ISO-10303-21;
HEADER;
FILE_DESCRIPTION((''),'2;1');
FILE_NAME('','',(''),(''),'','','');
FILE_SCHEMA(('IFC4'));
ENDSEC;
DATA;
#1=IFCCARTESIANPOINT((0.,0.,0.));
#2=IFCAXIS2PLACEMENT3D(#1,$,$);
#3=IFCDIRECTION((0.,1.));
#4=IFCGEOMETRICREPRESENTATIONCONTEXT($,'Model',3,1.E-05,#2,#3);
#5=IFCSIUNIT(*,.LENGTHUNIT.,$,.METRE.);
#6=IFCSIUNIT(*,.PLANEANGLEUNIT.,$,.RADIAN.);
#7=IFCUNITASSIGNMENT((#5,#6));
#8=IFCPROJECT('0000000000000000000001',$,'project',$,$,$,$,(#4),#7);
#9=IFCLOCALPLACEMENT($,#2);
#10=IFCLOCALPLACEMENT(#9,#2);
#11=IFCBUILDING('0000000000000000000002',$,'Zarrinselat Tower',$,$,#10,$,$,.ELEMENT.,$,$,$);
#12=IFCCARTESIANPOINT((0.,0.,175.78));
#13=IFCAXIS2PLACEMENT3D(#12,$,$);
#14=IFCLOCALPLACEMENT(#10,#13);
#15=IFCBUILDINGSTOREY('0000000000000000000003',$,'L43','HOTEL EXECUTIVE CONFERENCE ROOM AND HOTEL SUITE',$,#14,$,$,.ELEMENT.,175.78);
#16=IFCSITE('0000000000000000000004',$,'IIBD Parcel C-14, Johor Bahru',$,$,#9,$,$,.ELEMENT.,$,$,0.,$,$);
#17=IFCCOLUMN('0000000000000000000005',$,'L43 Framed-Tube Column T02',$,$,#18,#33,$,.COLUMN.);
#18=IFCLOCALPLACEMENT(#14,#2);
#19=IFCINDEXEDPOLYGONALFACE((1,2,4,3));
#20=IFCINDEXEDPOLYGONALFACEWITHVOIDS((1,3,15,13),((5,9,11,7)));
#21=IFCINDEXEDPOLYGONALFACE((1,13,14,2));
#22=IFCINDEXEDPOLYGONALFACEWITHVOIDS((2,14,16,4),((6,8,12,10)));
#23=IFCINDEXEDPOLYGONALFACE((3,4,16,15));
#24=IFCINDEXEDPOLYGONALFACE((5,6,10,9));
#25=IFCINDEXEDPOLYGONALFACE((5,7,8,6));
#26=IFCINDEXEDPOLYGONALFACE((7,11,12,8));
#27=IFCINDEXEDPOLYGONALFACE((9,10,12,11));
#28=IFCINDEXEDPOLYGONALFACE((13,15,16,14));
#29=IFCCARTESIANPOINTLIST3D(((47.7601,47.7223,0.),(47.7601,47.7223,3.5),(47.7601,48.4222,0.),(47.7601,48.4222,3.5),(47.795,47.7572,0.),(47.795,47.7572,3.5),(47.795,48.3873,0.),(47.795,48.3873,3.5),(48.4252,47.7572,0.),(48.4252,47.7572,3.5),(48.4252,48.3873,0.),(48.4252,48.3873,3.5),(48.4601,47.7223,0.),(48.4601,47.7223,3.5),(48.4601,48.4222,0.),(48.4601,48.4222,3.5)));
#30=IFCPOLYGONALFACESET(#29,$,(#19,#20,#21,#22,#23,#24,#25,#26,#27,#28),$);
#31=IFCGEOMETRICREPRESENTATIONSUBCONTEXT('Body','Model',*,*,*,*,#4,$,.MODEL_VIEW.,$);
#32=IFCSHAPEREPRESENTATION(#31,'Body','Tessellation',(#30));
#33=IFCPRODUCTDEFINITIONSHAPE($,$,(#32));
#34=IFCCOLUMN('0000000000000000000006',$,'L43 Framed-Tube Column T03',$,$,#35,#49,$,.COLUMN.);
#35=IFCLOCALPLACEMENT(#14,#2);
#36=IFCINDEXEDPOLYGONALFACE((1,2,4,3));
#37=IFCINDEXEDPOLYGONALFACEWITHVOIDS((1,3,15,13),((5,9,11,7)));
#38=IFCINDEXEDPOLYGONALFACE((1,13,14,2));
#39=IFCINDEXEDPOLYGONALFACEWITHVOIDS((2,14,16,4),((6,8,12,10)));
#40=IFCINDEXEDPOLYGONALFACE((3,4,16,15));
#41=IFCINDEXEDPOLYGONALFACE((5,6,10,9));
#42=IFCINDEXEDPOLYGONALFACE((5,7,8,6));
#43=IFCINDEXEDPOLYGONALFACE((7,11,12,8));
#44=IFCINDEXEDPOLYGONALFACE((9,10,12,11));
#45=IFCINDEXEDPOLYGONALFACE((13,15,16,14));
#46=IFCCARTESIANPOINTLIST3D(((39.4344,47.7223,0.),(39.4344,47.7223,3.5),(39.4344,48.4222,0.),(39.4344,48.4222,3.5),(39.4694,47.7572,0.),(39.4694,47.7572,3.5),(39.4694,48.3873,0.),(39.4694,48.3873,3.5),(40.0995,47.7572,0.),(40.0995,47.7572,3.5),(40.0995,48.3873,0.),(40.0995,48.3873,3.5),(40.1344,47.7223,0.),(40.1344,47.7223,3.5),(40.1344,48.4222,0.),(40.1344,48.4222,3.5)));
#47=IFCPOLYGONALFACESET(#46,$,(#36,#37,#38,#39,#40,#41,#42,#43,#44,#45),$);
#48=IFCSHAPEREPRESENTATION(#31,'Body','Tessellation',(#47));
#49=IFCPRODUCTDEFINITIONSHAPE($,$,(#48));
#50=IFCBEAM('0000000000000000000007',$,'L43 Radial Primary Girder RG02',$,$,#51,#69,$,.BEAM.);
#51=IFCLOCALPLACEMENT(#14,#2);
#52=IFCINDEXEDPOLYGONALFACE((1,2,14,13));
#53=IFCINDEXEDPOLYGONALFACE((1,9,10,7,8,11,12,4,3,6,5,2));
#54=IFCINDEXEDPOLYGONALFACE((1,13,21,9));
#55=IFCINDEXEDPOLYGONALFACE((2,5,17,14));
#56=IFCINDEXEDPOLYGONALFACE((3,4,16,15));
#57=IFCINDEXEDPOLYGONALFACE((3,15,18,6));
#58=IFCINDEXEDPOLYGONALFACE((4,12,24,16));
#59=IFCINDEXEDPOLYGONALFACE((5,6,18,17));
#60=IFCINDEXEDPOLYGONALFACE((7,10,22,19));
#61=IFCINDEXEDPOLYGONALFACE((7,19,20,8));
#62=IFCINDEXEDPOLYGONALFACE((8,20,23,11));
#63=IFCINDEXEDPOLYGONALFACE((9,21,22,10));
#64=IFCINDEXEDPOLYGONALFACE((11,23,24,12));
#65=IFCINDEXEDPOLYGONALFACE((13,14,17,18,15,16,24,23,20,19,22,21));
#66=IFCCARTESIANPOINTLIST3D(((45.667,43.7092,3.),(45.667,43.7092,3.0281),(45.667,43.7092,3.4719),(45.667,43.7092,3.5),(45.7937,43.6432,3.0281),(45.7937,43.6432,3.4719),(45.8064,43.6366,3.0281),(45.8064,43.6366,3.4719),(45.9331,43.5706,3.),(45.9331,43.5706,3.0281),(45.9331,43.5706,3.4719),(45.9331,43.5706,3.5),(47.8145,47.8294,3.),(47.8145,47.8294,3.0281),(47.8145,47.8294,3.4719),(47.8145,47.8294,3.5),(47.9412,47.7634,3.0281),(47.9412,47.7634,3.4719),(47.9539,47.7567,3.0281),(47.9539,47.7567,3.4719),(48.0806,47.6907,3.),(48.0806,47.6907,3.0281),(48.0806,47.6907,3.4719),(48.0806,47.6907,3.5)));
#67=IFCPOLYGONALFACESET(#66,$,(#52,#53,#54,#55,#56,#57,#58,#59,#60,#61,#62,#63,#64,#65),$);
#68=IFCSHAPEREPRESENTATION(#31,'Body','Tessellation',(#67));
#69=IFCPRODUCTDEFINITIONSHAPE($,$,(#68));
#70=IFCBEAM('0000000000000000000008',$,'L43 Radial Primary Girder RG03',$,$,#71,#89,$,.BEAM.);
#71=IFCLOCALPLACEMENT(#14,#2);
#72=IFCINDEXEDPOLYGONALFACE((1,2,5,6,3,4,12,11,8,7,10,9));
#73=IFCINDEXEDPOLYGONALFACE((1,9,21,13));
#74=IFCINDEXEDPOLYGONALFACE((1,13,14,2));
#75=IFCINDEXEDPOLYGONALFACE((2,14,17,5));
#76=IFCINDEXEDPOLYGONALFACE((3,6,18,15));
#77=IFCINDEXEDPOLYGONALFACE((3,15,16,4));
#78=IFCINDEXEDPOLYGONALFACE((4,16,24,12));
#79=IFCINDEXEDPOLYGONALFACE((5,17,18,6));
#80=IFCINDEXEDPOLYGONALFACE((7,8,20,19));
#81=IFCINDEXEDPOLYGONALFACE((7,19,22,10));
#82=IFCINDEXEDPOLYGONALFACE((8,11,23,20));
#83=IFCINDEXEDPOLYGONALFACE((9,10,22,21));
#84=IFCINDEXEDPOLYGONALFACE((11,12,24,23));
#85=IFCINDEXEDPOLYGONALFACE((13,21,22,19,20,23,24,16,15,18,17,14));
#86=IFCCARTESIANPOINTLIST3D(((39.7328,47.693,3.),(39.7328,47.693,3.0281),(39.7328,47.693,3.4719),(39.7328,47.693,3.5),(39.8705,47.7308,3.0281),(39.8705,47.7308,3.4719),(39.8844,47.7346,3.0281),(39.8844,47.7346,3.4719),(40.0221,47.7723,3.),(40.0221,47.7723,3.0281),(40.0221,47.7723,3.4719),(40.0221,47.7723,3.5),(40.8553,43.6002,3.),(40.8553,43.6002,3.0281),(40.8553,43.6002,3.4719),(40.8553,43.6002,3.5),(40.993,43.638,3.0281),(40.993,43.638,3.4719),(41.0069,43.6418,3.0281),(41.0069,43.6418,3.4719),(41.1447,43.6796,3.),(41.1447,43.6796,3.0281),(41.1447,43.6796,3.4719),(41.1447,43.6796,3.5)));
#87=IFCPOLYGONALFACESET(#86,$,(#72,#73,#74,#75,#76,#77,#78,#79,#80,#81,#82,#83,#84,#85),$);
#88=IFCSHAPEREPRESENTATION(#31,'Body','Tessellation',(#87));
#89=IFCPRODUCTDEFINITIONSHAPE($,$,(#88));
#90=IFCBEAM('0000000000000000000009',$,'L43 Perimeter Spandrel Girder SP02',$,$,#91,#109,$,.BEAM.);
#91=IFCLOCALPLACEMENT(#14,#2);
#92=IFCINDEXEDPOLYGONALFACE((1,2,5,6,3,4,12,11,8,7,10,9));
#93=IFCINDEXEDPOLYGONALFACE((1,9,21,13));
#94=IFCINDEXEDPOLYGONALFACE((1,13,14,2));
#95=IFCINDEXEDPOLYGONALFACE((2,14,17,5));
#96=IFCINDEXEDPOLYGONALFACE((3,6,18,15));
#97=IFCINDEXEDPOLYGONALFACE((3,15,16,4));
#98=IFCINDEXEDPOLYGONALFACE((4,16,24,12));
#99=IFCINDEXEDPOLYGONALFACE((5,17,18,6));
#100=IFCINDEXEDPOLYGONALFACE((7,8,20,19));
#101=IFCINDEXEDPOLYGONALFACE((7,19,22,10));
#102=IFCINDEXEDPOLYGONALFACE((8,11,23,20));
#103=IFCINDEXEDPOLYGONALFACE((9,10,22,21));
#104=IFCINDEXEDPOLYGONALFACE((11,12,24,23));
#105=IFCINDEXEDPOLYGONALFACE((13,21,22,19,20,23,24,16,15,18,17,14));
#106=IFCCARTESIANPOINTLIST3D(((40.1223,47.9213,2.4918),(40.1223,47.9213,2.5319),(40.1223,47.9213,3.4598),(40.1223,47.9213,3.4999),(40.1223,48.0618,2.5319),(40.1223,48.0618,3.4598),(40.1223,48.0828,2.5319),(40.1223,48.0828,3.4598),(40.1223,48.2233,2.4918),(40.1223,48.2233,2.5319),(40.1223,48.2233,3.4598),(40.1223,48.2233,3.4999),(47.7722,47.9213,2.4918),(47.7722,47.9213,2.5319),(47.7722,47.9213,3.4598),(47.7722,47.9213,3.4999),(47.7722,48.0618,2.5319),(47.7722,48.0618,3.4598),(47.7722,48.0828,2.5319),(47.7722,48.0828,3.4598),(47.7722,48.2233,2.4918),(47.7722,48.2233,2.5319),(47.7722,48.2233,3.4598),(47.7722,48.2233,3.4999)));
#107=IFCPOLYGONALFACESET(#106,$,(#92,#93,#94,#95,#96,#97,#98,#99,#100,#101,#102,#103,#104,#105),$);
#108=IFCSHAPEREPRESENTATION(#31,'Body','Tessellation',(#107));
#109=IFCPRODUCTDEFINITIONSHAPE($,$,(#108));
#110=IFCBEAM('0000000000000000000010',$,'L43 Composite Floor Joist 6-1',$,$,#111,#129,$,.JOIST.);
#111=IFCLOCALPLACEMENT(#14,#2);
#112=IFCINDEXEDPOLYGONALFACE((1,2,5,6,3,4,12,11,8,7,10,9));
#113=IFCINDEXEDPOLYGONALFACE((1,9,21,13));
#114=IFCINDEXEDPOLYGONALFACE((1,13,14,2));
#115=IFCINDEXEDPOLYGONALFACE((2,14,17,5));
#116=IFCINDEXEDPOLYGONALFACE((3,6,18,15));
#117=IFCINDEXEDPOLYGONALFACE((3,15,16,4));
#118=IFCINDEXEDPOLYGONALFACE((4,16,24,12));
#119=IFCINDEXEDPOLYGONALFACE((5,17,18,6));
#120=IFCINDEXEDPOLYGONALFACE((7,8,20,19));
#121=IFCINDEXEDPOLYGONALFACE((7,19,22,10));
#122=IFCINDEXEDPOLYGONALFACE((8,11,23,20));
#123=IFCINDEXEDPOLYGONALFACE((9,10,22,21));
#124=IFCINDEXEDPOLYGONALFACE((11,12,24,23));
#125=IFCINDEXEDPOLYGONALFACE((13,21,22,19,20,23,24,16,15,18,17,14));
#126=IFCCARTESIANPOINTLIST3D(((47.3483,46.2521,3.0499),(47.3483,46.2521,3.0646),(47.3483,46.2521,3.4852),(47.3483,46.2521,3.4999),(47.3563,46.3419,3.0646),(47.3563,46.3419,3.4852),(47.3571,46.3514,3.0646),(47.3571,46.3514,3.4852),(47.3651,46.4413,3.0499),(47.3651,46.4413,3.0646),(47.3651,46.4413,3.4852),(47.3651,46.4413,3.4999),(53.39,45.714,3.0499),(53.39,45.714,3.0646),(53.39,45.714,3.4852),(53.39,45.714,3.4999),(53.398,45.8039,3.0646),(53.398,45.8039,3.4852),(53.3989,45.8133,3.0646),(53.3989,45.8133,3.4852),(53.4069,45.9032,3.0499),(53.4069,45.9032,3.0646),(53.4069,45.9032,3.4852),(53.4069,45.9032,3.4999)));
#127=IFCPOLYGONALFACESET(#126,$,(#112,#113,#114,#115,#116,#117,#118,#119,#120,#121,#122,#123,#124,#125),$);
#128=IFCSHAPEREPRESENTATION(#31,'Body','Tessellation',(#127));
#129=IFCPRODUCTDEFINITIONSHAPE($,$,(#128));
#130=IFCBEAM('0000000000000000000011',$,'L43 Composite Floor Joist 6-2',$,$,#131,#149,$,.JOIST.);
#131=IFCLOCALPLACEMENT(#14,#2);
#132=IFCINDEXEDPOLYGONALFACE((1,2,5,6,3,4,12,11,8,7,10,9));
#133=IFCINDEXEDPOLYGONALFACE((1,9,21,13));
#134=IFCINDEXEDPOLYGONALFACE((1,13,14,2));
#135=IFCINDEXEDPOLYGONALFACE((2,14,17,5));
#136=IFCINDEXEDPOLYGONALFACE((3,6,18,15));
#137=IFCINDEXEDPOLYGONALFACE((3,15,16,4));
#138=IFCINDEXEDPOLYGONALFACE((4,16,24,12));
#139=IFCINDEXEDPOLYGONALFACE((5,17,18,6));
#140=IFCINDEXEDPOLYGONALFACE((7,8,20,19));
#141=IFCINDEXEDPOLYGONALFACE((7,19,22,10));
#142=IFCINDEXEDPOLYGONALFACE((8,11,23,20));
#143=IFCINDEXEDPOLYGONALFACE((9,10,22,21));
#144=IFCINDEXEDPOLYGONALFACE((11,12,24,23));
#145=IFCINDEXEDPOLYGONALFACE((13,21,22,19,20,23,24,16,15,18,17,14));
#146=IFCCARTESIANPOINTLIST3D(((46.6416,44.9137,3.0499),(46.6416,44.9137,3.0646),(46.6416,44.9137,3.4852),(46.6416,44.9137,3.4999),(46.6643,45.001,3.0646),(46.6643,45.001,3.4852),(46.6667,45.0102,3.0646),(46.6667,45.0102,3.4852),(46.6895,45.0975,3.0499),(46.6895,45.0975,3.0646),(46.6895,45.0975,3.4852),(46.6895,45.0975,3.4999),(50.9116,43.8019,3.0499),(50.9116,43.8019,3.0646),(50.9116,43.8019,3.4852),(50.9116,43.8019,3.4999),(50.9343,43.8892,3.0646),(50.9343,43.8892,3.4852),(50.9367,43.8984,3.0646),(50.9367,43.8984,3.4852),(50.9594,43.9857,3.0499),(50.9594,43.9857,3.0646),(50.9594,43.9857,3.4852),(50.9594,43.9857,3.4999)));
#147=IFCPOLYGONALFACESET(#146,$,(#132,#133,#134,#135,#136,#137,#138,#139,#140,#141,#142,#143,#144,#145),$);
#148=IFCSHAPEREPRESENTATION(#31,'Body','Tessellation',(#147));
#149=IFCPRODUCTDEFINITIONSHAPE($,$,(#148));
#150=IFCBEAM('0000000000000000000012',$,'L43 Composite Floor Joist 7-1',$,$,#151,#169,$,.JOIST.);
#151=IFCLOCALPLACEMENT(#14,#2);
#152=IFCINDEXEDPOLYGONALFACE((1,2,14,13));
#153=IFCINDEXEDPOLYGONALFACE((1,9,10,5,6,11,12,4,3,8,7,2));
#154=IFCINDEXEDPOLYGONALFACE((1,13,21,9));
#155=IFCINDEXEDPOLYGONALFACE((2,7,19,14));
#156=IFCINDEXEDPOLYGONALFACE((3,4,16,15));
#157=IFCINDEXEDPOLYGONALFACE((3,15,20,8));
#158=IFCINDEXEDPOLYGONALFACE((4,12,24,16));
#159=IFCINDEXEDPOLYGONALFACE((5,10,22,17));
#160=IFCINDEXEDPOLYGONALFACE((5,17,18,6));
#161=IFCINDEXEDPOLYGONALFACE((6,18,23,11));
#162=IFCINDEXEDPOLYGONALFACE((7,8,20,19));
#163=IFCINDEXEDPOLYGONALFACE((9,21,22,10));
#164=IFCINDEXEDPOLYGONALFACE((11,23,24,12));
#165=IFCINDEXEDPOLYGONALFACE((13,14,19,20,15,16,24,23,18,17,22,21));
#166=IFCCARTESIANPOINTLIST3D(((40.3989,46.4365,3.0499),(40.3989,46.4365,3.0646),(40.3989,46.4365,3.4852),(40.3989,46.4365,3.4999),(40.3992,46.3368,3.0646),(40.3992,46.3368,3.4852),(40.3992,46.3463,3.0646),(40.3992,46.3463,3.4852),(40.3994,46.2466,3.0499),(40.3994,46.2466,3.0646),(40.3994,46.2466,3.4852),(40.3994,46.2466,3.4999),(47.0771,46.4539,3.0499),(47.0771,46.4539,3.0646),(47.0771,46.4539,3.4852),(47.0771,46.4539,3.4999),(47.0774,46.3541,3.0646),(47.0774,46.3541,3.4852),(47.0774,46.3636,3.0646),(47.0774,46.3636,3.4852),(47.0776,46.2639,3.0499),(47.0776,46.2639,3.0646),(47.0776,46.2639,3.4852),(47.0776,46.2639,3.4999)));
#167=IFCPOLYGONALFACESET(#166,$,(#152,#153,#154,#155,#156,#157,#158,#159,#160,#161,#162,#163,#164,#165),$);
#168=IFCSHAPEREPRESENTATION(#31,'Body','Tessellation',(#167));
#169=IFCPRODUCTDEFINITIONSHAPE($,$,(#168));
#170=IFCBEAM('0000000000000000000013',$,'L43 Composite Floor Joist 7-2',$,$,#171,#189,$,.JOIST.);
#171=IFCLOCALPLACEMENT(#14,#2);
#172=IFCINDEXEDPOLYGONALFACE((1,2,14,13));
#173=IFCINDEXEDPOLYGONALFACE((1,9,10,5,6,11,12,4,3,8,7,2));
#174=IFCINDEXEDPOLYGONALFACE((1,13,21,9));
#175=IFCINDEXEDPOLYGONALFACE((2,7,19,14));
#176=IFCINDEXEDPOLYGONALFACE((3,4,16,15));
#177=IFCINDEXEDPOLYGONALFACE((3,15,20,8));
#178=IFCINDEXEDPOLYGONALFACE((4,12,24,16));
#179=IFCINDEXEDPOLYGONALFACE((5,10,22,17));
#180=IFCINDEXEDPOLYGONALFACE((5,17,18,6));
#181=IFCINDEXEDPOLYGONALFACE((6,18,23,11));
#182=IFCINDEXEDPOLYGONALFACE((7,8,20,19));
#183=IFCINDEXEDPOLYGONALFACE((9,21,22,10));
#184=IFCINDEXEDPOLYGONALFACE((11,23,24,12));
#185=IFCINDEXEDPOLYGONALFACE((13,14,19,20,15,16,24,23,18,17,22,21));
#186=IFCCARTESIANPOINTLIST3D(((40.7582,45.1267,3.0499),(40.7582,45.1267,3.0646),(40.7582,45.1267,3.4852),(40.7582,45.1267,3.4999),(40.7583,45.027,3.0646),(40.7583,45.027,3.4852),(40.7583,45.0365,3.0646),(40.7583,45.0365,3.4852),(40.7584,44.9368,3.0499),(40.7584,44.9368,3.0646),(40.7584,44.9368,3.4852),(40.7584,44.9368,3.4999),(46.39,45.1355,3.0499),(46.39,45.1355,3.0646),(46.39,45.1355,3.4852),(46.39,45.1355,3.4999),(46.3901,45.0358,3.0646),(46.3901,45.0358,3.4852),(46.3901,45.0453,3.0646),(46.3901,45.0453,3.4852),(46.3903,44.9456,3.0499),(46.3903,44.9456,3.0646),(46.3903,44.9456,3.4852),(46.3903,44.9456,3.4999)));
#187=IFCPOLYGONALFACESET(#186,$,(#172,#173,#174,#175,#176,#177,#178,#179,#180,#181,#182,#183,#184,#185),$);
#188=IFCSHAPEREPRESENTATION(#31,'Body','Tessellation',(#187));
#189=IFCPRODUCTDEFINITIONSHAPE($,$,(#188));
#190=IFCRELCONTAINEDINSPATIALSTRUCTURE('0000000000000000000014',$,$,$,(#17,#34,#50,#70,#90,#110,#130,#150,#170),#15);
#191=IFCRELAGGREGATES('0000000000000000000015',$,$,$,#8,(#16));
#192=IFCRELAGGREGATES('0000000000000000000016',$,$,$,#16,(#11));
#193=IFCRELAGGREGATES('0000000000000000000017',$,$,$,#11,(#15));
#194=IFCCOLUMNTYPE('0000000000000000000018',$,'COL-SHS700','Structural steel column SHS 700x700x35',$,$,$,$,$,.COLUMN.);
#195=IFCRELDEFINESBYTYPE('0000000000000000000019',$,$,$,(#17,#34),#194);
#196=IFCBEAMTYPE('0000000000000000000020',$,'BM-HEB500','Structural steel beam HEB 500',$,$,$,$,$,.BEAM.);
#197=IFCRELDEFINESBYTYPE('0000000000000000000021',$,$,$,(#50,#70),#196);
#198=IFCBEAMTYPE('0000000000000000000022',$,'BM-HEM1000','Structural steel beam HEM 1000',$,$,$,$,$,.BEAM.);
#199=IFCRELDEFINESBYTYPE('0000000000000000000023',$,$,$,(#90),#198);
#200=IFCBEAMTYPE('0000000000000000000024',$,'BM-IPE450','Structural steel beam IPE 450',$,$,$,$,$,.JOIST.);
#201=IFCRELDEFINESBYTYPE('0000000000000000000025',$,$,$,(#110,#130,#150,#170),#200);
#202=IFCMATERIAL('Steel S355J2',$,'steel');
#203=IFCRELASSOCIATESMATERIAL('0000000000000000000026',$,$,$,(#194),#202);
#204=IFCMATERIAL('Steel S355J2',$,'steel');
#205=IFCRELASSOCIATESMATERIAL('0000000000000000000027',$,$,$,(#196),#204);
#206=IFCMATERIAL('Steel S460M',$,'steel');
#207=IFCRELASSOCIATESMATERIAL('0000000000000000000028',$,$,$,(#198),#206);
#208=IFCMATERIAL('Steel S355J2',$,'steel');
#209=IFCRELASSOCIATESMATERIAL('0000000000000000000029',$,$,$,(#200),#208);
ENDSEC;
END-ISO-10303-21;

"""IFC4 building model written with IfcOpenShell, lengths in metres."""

from ifc_helpers import new_model, si_unit, direction, frame, origin, origin_2d, place, context, subcontext, project, spatial, hollow_rectangle, i_section, extrude, material, material_profile, profile_set, type_object, element, save


model = new_model("IFC4")

# Units and contexts
model_context = context("Model", 3, precision=1e-05, world=origin(), true_north=direction((0.0, 1.0)))
body_context = subcontext(model_context, "Body", "Model", "MODEL_VIEW")
ifc_project = project(units=[si_unit("LENGTHUNIT", "METRE"), si_unit("PLANEANGLEUNIT", "RADIAN")], contexts=[model_context])

# Site, building, storey
site_placement = place(None, origin())
site = spatial("IfcSite", under=ifc_project, at=site_placement, Name="IIBD Parcel C-14, Johor Bahru", CompositionType="ELEMENT", RefElevation=0.0)
building_placement = place(site_placement, origin())
building = spatial("IfcBuilding", under=site, at=building_placement, Name="Zarrinselat Tower", CompositionType="ELEMENT")
storey_placement = place(building_placement, frame((0.0, 0.0, 175.78)))
storey = spatial("IfcBuildingStorey", under=building, at=storey_placement, Name="L43", Description="HOTEL EXECUTIVE CONFERENCE ROOM AND HOTEL SUITE", CompositionType="ELEMENT", Elevation=175.78)

# Columns
ifc_material_1 = material(Name="Steel S355J2", Category="steel")
ifc_material_profile_1 = material_profile(ifc_material_1, hollow_rectangle(XDim=0.7, YDim=0.7, WallThickness=0.0349, at=origin_2d()), Name="SHS 700x700x35")
ifc_profile_set_1 = profile_set([ifc_material_profile_1], Name="Steel S355J2")
column_type = type_object("IfcColumnType", Name="COL-SHS700", Description="Structural steel column SHS 700x700x35", PredefinedType="COLUMN", material=ifc_profile_set_1)
for number, where, z_axis, x_axis, name in (
    (1, (48.1101, 48.0723, 0.0), (0.0, 0.0, 1.0), (1.0, 0.0, 0.0), "L43 Framed-Tube Column T02"),
    (2, (39.7844, 48.0723, 0.0), (0.0, 0.0, 1.0), (1.0, 0.0, 0.0), "L43 Framed-Tube Column T03"),
):
    element("IfcColumn", number, at=place(storey_placement, frame(where, z_axis=z_axis, x_axis=x_axis)), inside=storey, type_object=column_type, Name=name, PredefinedType="COLUMN", context=body_context, shape_type="SweptSolid", body=[
        extrude(hollow_rectangle(XDim=0.7, YDim=0.7, WallThickness=0.0349, at=origin_2d()), origin(), (0.0, 0.0, 1.0), 3.5),
    ])

# Beams
ifc_material_2 = material(Name="Steel S355J2", Category="steel")
ifc_material_profile_2 = material_profile(ifc_material_2, i_section(OverallWidth=0.3, OverallDepth=0.5, WebThickness=0.0144, FlangeThickness=0.0281, at=origin_2d()), Name="HEB 500")
ifc_profile_set_2 = profile_set([ifc_material_profile_2], Name="Steel S355J2")
beam_type_1 = type_object("IfcBeamType", Name="BM-HEB500", Description="Structural steel beam HEB 500", PredefinedType="BEAM", material=ifc_profile_set_2)
beam_1_placement = place(storey_placement, frame((45.8, 43.6399, 3.25), z_axis=(0.4622, 0.886776, 0.0), x_axis=(-0.886776, 0.4622, 0.0)))
element("IfcBeam", 3, at=beam_1_placement, inside=storey, type_object=beam_type_1, Name="L43 Radial Primary Girder RG02", PredefinedType="BEAM", context=body_context, shape_type="SweptSolid", body=[
    extrude(i_section(OverallWidth=0.3, OverallDepth=0.5, WebThickness=0.0144, FlangeThickness=0.0281, at=origin_2d()), origin(), (0.0, 0.0, 1.0), 4.6462),
])
beam_2_placement = place(storey_placement, frame((39.8774, 47.7327, 3.25), z_axis=(0.264509, -0.964383, 0.0), x_axis=(0.964383, 0.264509, 0.0)))
element("IfcBeam", 4, at=beam_2_placement, inside=storey, type_object=beam_type_1, Name="L43 Radial Primary Girder RG03", PredefinedType="BEAM", context=body_context, shape_type="SweptSolid", body=[
    extrude(i_section(OverallWidth=0.3, OverallDepth=0.5, WebThickness=0.0144, FlangeThickness=0.0281, at=origin_2d()), origin(), (0.0, 0.0, 1.0), 4.2439),
])
ifc_material_3 = material(Name="Steel S460M", Category="steel")
ifc_material_profile_3 = material_profile(ifc_material_3, i_section(OverallWidth=0.302, OverallDepth=1.0081, WebThickness=0.021, FlangeThickness=0.04, at=origin_2d()), Name="HEM 1000")
ifc_profile_set_3 = profile_set([ifc_material_profile_3], Name="Steel S460M")
beam_type_2 = type_object("IfcBeamType", Name="BM-HEM1000", Description="Structural steel beam HEM 1000", PredefinedType="BEAM", material=ifc_profile_set_3)
beam_3_placement = place(storey_placement, frame((40.1223, 48.0723, 2.9958), z_axis=(1.0, 0.0, 0.0), x_axis=(0.0, 1.0, 0.0)))
element("IfcBeam", 5, at=beam_3_placement, inside=storey, type_object=beam_type_2, Name="L43 Perimeter Spandrel Girder SP02", PredefinedType="BEAM", context=body_context, shape_type="SweptSolid", body=[
    extrude(i_section(OverallWidth=0.302, OverallDepth=1.0081, WebThickness=0.021, FlangeThickness=0.04, at=origin_2d()), origin(), (0.0, 0.0, 1.0), 7.6499),
])
ifc_material_4 = material(Name="Steel S355J2", Category="steel")
ifc_material_profile_4 = material_profile(ifc_material_4, i_section(OverallWidth=0.1899, OverallDepth=0.45, WebThickness=0.0095, FlangeThickness=0.0146, at=origin_2d()), Name="IPE 450")
ifc_profile_set_4 = profile_set([ifc_material_profile_4], Name="Steel S355J2")
beam_type_3 = type_object("IfcBeamType", Name="BM-IPE450", Description="Structural steel beam IPE 450", PredefinedType="JOIST", material=ifc_profile_set_4)
beam_4_placement = place(storey_placement, frame((47.3567, 46.3467, 3.2749), z_axis=(0.996057, -0.08871, 0.0), x_axis=(0.08871, 0.996057, 0.0)))
element("IfcBeam", 6, at=beam_4_placement, inside=storey, type_object=beam_type_3, Name="L43 Composite Floor Joist 6-1", PredefinedType="JOIST", context=body_context, shape_type="SweptSolid", body=[
    extrude(i_section(OverallWidth=0.1899, OverallDepth=0.45, WebThickness=0.0095, FlangeThickness=0.0146, at=origin_2d()), origin(), (0.0, 0.0, 1.0), 6.0657),
])
beam_5_placement = place(storey_placement, frame((46.6655, 45.0056, 3.2749), z_axis=(0.967734, -0.251976, 0.0), x_axis=(0.251976, 0.967734, 0.0)))
element("IfcBeam", 7, at=beam_5_placement, inside=storey, type_object=beam_type_3, Name="L43 Composite Floor Joist 6-2", PredefinedType="JOIST", context=body_context, shape_type="SweptSolid", body=[
    extrude(i_section(OverallWidth=0.1899, OverallDepth=0.45, WebThickness=0.0095, FlangeThickness=0.0146, at=origin_2d()), origin(), (0.0, 0.0, 1.0), 4.4124),
])
beam_6_placement = place(storey_placement, frame((40.3992, 46.3416, 3.2749), z_axis=(0.999997, 0.002596, 0.0), x_axis=(-0.002596, 0.999997, 0.0)))
element("IfcBeam", 8, at=beam_6_placement, inside=storey, type_object=beam_type_3, Name="L43 Composite Floor Joist 7-1", PredefinedType="JOIST", context=body_context, shape_type="SweptSolid", body=[
    extrude(i_section(OverallWidth=0.1899, OverallDepth=0.45, WebThickness=0.0095, FlangeThickness=0.0146, at=origin_2d()), origin(), (0.0, 0.0, 1.0), 6.6782),
])
beam_7_placement = place(storey_placement, frame((40.7583, 45.0317, 3.2749), z_axis=(0.999999, 0.001561, 0.0), x_axis=(-0.001561, 0.999999, 0.0)))
element("IfcBeam", 9, at=beam_7_placement, inside=storey, type_object=beam_type_3, Name="L43 Composite Floor Joist 7-2", PredefinedType="JOIST", context=body_context, shape_type="SweptSolid", body=[
    extrude(i_section(OverallWidth=0.1899, OverallDepth=0.45, WebThickness=0.0095, FlangeThickness=0.0146, at=origin_2d()), origin(), (0.0, 0.0, 1.0), 5.6318),
])

save(model, "model.ifc")
